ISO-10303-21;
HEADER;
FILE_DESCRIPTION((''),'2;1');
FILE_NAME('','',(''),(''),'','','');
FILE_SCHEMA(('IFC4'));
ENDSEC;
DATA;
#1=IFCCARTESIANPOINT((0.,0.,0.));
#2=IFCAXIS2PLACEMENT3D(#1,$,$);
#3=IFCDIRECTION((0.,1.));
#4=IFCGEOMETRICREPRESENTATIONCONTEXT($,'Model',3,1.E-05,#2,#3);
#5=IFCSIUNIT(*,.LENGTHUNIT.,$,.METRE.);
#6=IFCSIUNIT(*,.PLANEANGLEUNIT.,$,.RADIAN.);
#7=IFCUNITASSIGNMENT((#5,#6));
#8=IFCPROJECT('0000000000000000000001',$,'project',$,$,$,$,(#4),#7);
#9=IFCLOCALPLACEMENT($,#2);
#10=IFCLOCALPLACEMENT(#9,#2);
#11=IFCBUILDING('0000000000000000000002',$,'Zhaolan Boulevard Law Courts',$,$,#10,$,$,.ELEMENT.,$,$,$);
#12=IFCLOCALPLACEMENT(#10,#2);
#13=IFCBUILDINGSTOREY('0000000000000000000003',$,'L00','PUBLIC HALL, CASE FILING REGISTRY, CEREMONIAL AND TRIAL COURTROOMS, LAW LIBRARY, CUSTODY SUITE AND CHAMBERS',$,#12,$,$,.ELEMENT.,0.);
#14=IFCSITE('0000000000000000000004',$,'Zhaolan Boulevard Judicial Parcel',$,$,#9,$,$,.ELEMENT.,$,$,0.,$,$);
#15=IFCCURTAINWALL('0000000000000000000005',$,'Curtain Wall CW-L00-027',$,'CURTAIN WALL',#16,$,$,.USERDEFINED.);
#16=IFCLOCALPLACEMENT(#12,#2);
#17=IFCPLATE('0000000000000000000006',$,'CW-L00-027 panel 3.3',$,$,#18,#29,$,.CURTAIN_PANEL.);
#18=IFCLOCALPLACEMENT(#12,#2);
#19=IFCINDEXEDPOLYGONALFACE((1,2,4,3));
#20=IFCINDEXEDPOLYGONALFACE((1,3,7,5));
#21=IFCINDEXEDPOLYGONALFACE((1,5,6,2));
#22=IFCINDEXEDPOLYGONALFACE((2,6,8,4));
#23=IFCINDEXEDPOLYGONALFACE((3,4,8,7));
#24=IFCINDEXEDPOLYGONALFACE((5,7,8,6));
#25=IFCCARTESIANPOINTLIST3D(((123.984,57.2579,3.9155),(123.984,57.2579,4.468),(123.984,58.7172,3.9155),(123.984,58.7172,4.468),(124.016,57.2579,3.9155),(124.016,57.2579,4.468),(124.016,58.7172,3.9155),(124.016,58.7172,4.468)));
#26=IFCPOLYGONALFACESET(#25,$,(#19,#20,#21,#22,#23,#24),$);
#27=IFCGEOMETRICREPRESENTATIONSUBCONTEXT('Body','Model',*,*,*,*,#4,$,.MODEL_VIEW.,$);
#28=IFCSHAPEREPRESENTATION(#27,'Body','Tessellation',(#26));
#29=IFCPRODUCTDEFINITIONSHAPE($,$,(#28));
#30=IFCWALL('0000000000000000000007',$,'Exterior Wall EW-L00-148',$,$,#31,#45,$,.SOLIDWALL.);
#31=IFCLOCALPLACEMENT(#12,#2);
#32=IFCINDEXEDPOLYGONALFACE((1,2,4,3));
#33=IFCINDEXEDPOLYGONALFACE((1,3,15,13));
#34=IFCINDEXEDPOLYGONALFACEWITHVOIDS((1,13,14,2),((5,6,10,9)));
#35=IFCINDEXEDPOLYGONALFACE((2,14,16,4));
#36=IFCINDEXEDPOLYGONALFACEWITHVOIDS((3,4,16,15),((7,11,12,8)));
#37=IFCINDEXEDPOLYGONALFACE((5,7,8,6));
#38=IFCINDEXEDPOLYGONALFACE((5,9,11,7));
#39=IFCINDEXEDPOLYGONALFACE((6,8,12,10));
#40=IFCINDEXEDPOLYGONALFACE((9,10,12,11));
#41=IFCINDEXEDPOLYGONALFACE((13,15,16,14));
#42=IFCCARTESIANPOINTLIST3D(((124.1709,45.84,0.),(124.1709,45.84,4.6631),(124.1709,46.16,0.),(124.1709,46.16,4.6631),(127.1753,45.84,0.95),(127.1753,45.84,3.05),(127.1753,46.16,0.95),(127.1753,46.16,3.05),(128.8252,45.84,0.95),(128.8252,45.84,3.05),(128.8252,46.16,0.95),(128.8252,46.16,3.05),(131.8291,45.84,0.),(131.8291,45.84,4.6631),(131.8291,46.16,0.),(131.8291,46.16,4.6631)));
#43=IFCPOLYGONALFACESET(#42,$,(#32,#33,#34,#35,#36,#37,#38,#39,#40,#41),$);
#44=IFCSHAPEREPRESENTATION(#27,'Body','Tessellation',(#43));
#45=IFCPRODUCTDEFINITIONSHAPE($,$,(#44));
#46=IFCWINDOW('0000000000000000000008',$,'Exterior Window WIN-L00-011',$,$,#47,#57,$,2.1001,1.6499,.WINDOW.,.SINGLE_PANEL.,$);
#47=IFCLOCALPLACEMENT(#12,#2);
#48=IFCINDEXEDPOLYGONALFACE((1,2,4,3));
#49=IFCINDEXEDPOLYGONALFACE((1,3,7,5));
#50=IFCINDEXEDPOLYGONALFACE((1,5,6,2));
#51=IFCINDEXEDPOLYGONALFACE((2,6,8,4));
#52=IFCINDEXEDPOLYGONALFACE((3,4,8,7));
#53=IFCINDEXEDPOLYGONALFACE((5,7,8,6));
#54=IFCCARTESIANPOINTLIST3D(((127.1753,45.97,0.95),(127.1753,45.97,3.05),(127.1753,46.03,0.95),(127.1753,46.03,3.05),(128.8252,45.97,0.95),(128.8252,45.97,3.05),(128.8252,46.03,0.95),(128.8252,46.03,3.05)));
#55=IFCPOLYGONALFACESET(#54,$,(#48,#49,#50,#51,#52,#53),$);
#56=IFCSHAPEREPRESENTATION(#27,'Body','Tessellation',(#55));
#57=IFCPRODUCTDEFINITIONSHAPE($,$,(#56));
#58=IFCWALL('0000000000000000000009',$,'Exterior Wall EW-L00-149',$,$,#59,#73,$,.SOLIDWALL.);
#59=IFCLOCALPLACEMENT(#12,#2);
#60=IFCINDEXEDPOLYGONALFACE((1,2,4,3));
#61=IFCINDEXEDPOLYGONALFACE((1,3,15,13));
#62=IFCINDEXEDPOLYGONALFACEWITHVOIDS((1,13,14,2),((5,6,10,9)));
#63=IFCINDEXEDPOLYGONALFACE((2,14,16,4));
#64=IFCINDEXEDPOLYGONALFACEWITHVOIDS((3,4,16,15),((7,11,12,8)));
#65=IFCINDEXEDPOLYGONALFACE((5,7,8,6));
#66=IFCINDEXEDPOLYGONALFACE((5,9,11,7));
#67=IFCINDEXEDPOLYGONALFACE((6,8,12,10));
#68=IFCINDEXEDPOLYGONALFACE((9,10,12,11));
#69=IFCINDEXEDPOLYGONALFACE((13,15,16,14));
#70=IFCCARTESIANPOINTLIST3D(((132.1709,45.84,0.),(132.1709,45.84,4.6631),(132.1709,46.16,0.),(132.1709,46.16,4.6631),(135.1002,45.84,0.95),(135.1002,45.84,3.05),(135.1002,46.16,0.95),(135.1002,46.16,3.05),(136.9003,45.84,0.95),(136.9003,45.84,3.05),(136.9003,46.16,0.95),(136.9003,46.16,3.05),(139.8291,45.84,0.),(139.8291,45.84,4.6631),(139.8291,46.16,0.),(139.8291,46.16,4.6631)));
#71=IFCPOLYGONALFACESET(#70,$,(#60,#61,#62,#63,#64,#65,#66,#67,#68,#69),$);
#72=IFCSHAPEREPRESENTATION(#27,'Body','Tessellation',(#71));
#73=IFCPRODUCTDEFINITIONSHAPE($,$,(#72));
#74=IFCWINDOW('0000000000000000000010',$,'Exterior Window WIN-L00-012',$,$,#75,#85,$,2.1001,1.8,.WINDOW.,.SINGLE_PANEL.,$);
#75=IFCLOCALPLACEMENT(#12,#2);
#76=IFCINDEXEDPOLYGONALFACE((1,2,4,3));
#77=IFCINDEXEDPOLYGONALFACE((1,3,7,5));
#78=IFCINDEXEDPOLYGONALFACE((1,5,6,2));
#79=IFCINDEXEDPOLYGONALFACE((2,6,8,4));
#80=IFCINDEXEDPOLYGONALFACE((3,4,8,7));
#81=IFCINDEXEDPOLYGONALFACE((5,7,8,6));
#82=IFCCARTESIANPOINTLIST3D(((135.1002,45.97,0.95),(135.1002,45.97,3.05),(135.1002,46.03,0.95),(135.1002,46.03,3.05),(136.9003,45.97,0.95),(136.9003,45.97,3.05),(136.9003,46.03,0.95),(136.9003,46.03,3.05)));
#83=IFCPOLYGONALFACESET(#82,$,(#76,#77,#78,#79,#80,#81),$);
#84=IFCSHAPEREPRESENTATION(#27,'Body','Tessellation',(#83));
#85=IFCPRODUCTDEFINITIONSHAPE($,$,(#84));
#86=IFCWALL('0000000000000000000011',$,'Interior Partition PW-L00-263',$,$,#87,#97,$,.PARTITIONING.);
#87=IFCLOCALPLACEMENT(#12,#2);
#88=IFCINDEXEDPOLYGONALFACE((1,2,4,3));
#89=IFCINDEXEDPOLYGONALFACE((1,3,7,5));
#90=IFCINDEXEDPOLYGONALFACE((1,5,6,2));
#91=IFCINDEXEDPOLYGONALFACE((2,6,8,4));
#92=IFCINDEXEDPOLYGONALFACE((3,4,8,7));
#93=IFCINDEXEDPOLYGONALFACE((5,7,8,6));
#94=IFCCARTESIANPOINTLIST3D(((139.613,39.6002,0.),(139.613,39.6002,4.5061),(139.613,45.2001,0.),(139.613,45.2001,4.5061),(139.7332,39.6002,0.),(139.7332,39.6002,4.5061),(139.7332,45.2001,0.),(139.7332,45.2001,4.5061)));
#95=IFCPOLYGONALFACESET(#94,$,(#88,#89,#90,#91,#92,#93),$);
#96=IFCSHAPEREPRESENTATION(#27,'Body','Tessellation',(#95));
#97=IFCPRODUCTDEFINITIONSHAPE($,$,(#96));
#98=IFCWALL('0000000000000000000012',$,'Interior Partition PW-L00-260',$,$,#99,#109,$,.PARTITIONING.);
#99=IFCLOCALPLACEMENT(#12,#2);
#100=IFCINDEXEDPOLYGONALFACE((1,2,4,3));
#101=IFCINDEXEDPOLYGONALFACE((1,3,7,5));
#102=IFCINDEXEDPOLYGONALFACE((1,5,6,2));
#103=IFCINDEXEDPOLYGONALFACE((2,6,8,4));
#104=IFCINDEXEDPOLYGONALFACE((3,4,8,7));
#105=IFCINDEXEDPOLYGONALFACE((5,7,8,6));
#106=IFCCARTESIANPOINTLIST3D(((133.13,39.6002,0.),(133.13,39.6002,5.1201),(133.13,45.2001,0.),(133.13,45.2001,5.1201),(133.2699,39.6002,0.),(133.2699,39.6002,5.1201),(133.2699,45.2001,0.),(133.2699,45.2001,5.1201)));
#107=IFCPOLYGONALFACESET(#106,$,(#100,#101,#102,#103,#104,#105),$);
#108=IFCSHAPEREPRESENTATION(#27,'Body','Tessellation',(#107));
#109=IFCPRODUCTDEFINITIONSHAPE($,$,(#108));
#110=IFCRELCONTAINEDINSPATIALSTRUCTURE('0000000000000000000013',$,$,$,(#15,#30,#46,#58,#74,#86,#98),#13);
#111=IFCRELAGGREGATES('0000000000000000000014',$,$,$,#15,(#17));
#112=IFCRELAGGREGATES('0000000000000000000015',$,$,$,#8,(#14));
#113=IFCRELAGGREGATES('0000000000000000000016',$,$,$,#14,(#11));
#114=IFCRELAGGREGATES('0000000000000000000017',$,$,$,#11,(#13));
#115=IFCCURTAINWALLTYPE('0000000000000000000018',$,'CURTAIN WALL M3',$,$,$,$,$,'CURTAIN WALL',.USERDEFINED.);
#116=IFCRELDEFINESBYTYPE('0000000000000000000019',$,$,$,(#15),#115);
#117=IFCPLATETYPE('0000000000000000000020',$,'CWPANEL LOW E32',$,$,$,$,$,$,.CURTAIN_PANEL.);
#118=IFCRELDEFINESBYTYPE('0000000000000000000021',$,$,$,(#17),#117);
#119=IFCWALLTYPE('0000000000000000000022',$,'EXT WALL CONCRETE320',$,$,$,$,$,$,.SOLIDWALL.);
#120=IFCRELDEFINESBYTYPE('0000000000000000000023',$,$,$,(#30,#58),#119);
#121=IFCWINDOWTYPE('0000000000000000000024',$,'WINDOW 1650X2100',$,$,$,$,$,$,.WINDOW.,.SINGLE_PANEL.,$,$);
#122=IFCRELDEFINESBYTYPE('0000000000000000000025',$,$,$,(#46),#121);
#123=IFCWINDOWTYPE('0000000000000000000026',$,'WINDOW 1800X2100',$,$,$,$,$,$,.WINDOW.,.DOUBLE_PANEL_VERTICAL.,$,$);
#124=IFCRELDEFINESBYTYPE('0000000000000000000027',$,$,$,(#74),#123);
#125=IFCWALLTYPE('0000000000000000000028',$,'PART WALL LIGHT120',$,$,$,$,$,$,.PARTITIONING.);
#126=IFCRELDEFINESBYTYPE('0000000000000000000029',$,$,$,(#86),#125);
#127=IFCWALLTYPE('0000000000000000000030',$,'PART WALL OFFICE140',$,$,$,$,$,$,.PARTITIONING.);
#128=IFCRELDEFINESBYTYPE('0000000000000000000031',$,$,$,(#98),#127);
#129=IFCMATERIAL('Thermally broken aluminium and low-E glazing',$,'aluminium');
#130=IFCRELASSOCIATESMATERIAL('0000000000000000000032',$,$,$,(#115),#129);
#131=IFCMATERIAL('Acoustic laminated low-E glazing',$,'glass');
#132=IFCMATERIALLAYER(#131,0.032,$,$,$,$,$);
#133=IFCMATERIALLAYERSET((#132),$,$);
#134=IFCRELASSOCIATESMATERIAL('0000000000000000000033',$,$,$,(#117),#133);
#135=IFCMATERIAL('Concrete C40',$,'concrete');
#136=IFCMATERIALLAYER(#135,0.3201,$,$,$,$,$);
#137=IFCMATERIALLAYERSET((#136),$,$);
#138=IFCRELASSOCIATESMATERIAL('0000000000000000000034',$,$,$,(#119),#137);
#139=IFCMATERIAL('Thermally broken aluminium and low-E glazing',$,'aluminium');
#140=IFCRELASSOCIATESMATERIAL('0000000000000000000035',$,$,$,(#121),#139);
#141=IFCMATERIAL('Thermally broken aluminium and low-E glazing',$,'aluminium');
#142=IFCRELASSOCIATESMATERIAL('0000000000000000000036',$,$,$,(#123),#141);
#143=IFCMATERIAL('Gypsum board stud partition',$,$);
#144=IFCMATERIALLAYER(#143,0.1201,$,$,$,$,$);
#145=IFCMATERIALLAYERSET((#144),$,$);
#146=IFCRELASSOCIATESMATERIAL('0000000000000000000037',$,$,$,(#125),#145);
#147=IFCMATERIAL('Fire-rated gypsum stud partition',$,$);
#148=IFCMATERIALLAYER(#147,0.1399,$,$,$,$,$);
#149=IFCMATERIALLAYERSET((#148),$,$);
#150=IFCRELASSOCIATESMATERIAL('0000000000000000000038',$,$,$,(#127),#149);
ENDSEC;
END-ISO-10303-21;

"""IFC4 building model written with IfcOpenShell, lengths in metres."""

from ifc_helpers import new_model, si_unit, direction, frame, frame_2d, origin, origin_2d, place, context, subcontext, project, spatial, rectangle, extrude, material, layer, layer_set, type_object, element, fill, aggregate, save


model = new_model("IFC4")

# Units and contexts
model_context = context("Model", 3, precision=1e-05, world=origin(), true_north=direction((0.0, 1.0)))
body_context = subcontext(model_context, "Body", "Model", "MODEL_VIEW")
ifc_project = project(units=[si_unit("LENGTHUNIT", "METRE"), si_unit("PLANEANGLEUNIT", "RADIAN")], contexts=[model_context])

# Site, building, storey
site_placement = place(None, origin())
site = spatial("IfcSite", under=ifc_project, at=site_placement, Name="Zhaolan Boulevard Judicial Parcel", CompositionType="ELEMENT", RefElevation=0.0)
building_placement = place(site_placement, origin())
building = spatial("IfcBuilding", under=site, at=building_placement, Name="Zhaolan Boulevard Law Courts", CompositionType="ELEMENT")
storey_placement = place(building_placement, origin())
storey = spatial("IfcBuildingStorey", under=building, at=storey_placement, Name="L00", Description="PUBLIC HALL, CASE FILING REGISTRY, CEREMONIAL AND TRIAL COURTROOMS, LAW LIBRARY, CUSTODY SUITE AND CHAMBERS", CompositionType="ELEMENT", Elevation=0.0)

# Curtain wall
ifc_material_1 = material(Name="Thermally broken aluminium and low-E glazing", Category="aluminium")
curtain_wall_type = type_object("IfcCurtainWallType", Name="CURTAIN WALL M3", ElementType="CURTAIN WALL", PredefinedType="USERDEFINED", material=ifc_material_1)
curtain_wall_placement = place(storey_placement, origin())
curtain_wall = element("IfcCurtainWall", 1, at=curtain_wall_placement, inside=storey, type_object=curtain_wall_type, Name="Curtain Wall CW-L00-027", ObjectType="CURTAIN WALL", PredefinedType="USERDEFINED")

# Plate
ifc_material_2 = material(Name="Acoustic laminated low-E glazing", Category="glass")
ifc_layer_1 = layer(ifc_material_2, 0.032)
ifc_layer_set_1 = layer_set([ifc_layer_1])
plate_type = type_object("IfcPlateType", Name="CWPANEL LOW E32", PredefinedType="CURTAIN_PANEL", material=ifc_layer_set_1)
plate_1_placement = place(storey_placement, frame((124.0, 57.9875, 3.9155), z_axis=(0.0, 0.0, 1.0), x_axis=(0.0, 1.0, 0.0)))
plate_1 = element("IfcPlate", 2, at=plate_1_placement, type_object=plate_type, Name="CW-L00-027 panel 3.3", PredefinedType="CURTAIN_PANEL", context=body_context, shape_type="SweptSolid", body=[
    extrude(rectangle(XDim=1.4592, YDim=0.032, at=origin_2d()), origin(), (0.0, 0.0, 1.0), 0.5525),
])
aggregate(curtain_wall, [plate_1])

# Walls, openings, windows
ifc_material_3 = material(Name="Concrete C40", Category="concrete")
ifc_layer_2 = layer(ifc_material_3, 0.3201)
ifc_layer_set_2 = layer_set([ifc_layer_2])
wall_type_1 = type_object("IfcWallType", Name="EXT WALL CONCRETE320", PredefinedType="SOLIDWALL", material=ifc_layer_set_2)
wall_1_placement = place(storey_placement, frame((131.8291, 46.0, 0.0), z_axis=(0.0, 0.0, 1.0), x_axis=(-1.0, 0.0, 0.0)))
wall_1 = element("IfcWall", 3, at=wall_1_placement, inside=storey, type_object=wall_type_1, Name="Exterior Wall EW-L00-148", PredefinedType="SOLIDWALL", context=body_context, shape_type="SweptSolid", body=[
    extrude(rectangle(XDim=7.6582, YDim=0.3201, at=frame_2d((3.8291, 0.0))), origin(), (0.0, 0.0, 1.0), 4.6631),
])
opening_1_placement = place(wall_1_placement, frame((3.0039, 0.0, 0.95)))
opening_1 = element("IfcOpeningElement", 4, at=opening_1_placement, cuts=wall_1, PredefinedType="OPENING", context=body_context, shape_type="SweptSolid", body=[
    extrude(rectangle(XDim=1.6499, YDim=2.1001, at=frame_2d((0.825, 1.05))), frame((0.0, 0.1699, 0.0), z_axis=(0.0, -1.0, 0.0), x_axis=(1.0, 0.0, 0.0)), (0.0, 0.0, 1.0), 0.3401),
])
ifc_material_4 = material(Name="Thermally broken aluminium and low-E glazing", Category="aluminium")
window_type_1 = type_object("IfcWindowType", Name="WINDOW 1650X2100", PartitioningType="SINGLE_PANEL", PredefinedType="WINDOW", material=ifc_material_4)
window_1_placement = place(opening_1_placement, origin())
window_1 = element("IfcWindow", 5, at=window_1_placement, inside=storey, type_object=window_type_1, Name="Exterior Window WIN-L00-011", OverallHeight=2.1001, OverallWidth=1.6499, PartitioningType="SINGLE_PANEL", PredefinedType="WINDOW", context=body_context, shape_type="SweptSolid", body=[
    extrude(rectangle(XDim=1.6499, YDim=2.1001, at=frame_2d((0.825, 1.05))), frame((0.0, 0.03, 0.0), z_axis=(0.0, -1.0, 0.0), x_axis=(1.0, 0.0, 0.0)), (0.0, 0.0, 1.0), 0.0601),
])
fill(opening_1, window_1)
wall_2_placement = place(storey_placement, frame((139.8291, 46.0, 0.0), z_axis=(0.0, 0.0, 1.0), x_axis=(-1.0, 0.0, 0.0)))
wall_2 = element("IfcWall", 6, at=wall_2_placement, inside=storey, type_object=wall_type_1, Name="Exterior Wall EW-L00-149", PredefinedType="SOLIDWALL", context=body_context, shape_type="SweptSolid", body=[
    extrude(rectangle(XDim=7.6582, YDim=0.3201, at=frame_2d((3.8291, 0.0))), origin(), (0.0, 0.0, 1.0), 4.6631),
])
opening_2_placement = place(wall_2_placement, frame((2.929, 0.0, 0.95)))
opening_2 = element("IfcOpeningElement", 7, at=opening_2_placement, cuts=wall_2, PredefinedType="OPENING", context=body_context, shape_type="SweptSolid", body=[
    extrude(rectangle(XDim=1.8, YDim=2.1001, at=frame_2d((0.8999, 1.05))), frame((0.0, 0.1699, 0.0), z_axis=(0.0, -1.0, 0.0), x_axis=(1.0, 0.0, 0.0)), (0.0, 0.0, 1.0), 0.3401),
])
ifc_material_5 = material(Name="Thermally broken aluminium and low-E glazing", Category="aluminium")
window_type_2 = type_object("IfcWindowType", Name="WINDOW 1800X2100", PartitioningType="DOUBLE_PANEL_VERTICAL", PredefinedType="WINDOW", material=ifc_material_5)
window_2_placement = place(opening_2_placement, origin())
window_2 = element("IfcWindow", 8, at=window_2_placement, inside=storey, type_object=window_type_2, Name="Exterior Window WIN-L00-012", OverallHeight=2.1001, OverallWidth=1.8, PartitioningType="SINGLE_PANEL", PredefinedType="WINDOW", context=body_context, shape_type="SweptSolid", body=[
    extrude(rectangle(XDim=1.8, YDim=2.1001, at=frame_2d((0.8999, 1.05))), frame((0.0, 0.03, 0.0), z_axis=(0.0, -1.0, 0.0), x_axis=(1.0, 0.0, 0.0)), (0.0, 0.0, 1.0), 0.0601),
])
fill(opening_2, window_2)

# Walls
ifc_material_6 = material(Name="Gypsum board stud partition")
ifc_layer_3 = layer(ifc_material_6, 0.1201)
ifc_layer_set_3 = layer_set([ifc_layer_3])
wall_type_2 = type_object("IfcWallType", Name="PART WALL LIGHT120", PredefinedType="PARTITIONING", material=ifc_layer_set_3)
wall_3_placement = place(storey_placement, frame((139.6731, 45.2, 0.0), z_axis=(0.0, 0.0, 1.0), x_axis=(0.0, -1.0, 0.0)))
element("IfcWall", 9, at=wall_3_placement, inside=storey, type_object=wall_type_2, Name="Interior Partition PW-L00-263", PredefinedType="PARTITIONING", context=body_context, shape_type="SweptSolid", body=[
    extrude(rectangle(XDim=5.5999, YDim=0.1201, at=frame_2d((2.7998, 0.0))), origin(), (0.0, 0.0, 1.0), 4.5061),
])
ifc_material_7 = material(Name="Fire-rated gypsum stud partition")
ifc_layer_4 = layer(ifc_material_7, 0.1399)
ifc_layer_set_4 = layer_set([ifc_layer_4])
wall_type_3 = type_object("IfcWallType", Name="PART WALL OFFICE140", PredefinedType="PARTITIONING", material=ifc_layer_set_4)
wall_4_placement = place(storey_placement, frame((133.2, 45.2, 0.0), z_axis=(0.0, 0.0, 1.0), x_axis=(0.0, -1.0, 0.0)))
element("IfcWall", 10, at=wall_4_placement, inside=storey, type_object=wall_type_3, Name="Interior Partition PW-L00-260", PredefinedType="PARTITIONING", context=body_context, shape_type="SweptSolid", body=[
    extrude(rectangle(XDim=5.5999, YDim=0.1399, at=frame_2d((2.7998, 0.0))), origin(), (0.0, 0.0, 1.0), 5.1201),
])

save(model, "model.ifc")
